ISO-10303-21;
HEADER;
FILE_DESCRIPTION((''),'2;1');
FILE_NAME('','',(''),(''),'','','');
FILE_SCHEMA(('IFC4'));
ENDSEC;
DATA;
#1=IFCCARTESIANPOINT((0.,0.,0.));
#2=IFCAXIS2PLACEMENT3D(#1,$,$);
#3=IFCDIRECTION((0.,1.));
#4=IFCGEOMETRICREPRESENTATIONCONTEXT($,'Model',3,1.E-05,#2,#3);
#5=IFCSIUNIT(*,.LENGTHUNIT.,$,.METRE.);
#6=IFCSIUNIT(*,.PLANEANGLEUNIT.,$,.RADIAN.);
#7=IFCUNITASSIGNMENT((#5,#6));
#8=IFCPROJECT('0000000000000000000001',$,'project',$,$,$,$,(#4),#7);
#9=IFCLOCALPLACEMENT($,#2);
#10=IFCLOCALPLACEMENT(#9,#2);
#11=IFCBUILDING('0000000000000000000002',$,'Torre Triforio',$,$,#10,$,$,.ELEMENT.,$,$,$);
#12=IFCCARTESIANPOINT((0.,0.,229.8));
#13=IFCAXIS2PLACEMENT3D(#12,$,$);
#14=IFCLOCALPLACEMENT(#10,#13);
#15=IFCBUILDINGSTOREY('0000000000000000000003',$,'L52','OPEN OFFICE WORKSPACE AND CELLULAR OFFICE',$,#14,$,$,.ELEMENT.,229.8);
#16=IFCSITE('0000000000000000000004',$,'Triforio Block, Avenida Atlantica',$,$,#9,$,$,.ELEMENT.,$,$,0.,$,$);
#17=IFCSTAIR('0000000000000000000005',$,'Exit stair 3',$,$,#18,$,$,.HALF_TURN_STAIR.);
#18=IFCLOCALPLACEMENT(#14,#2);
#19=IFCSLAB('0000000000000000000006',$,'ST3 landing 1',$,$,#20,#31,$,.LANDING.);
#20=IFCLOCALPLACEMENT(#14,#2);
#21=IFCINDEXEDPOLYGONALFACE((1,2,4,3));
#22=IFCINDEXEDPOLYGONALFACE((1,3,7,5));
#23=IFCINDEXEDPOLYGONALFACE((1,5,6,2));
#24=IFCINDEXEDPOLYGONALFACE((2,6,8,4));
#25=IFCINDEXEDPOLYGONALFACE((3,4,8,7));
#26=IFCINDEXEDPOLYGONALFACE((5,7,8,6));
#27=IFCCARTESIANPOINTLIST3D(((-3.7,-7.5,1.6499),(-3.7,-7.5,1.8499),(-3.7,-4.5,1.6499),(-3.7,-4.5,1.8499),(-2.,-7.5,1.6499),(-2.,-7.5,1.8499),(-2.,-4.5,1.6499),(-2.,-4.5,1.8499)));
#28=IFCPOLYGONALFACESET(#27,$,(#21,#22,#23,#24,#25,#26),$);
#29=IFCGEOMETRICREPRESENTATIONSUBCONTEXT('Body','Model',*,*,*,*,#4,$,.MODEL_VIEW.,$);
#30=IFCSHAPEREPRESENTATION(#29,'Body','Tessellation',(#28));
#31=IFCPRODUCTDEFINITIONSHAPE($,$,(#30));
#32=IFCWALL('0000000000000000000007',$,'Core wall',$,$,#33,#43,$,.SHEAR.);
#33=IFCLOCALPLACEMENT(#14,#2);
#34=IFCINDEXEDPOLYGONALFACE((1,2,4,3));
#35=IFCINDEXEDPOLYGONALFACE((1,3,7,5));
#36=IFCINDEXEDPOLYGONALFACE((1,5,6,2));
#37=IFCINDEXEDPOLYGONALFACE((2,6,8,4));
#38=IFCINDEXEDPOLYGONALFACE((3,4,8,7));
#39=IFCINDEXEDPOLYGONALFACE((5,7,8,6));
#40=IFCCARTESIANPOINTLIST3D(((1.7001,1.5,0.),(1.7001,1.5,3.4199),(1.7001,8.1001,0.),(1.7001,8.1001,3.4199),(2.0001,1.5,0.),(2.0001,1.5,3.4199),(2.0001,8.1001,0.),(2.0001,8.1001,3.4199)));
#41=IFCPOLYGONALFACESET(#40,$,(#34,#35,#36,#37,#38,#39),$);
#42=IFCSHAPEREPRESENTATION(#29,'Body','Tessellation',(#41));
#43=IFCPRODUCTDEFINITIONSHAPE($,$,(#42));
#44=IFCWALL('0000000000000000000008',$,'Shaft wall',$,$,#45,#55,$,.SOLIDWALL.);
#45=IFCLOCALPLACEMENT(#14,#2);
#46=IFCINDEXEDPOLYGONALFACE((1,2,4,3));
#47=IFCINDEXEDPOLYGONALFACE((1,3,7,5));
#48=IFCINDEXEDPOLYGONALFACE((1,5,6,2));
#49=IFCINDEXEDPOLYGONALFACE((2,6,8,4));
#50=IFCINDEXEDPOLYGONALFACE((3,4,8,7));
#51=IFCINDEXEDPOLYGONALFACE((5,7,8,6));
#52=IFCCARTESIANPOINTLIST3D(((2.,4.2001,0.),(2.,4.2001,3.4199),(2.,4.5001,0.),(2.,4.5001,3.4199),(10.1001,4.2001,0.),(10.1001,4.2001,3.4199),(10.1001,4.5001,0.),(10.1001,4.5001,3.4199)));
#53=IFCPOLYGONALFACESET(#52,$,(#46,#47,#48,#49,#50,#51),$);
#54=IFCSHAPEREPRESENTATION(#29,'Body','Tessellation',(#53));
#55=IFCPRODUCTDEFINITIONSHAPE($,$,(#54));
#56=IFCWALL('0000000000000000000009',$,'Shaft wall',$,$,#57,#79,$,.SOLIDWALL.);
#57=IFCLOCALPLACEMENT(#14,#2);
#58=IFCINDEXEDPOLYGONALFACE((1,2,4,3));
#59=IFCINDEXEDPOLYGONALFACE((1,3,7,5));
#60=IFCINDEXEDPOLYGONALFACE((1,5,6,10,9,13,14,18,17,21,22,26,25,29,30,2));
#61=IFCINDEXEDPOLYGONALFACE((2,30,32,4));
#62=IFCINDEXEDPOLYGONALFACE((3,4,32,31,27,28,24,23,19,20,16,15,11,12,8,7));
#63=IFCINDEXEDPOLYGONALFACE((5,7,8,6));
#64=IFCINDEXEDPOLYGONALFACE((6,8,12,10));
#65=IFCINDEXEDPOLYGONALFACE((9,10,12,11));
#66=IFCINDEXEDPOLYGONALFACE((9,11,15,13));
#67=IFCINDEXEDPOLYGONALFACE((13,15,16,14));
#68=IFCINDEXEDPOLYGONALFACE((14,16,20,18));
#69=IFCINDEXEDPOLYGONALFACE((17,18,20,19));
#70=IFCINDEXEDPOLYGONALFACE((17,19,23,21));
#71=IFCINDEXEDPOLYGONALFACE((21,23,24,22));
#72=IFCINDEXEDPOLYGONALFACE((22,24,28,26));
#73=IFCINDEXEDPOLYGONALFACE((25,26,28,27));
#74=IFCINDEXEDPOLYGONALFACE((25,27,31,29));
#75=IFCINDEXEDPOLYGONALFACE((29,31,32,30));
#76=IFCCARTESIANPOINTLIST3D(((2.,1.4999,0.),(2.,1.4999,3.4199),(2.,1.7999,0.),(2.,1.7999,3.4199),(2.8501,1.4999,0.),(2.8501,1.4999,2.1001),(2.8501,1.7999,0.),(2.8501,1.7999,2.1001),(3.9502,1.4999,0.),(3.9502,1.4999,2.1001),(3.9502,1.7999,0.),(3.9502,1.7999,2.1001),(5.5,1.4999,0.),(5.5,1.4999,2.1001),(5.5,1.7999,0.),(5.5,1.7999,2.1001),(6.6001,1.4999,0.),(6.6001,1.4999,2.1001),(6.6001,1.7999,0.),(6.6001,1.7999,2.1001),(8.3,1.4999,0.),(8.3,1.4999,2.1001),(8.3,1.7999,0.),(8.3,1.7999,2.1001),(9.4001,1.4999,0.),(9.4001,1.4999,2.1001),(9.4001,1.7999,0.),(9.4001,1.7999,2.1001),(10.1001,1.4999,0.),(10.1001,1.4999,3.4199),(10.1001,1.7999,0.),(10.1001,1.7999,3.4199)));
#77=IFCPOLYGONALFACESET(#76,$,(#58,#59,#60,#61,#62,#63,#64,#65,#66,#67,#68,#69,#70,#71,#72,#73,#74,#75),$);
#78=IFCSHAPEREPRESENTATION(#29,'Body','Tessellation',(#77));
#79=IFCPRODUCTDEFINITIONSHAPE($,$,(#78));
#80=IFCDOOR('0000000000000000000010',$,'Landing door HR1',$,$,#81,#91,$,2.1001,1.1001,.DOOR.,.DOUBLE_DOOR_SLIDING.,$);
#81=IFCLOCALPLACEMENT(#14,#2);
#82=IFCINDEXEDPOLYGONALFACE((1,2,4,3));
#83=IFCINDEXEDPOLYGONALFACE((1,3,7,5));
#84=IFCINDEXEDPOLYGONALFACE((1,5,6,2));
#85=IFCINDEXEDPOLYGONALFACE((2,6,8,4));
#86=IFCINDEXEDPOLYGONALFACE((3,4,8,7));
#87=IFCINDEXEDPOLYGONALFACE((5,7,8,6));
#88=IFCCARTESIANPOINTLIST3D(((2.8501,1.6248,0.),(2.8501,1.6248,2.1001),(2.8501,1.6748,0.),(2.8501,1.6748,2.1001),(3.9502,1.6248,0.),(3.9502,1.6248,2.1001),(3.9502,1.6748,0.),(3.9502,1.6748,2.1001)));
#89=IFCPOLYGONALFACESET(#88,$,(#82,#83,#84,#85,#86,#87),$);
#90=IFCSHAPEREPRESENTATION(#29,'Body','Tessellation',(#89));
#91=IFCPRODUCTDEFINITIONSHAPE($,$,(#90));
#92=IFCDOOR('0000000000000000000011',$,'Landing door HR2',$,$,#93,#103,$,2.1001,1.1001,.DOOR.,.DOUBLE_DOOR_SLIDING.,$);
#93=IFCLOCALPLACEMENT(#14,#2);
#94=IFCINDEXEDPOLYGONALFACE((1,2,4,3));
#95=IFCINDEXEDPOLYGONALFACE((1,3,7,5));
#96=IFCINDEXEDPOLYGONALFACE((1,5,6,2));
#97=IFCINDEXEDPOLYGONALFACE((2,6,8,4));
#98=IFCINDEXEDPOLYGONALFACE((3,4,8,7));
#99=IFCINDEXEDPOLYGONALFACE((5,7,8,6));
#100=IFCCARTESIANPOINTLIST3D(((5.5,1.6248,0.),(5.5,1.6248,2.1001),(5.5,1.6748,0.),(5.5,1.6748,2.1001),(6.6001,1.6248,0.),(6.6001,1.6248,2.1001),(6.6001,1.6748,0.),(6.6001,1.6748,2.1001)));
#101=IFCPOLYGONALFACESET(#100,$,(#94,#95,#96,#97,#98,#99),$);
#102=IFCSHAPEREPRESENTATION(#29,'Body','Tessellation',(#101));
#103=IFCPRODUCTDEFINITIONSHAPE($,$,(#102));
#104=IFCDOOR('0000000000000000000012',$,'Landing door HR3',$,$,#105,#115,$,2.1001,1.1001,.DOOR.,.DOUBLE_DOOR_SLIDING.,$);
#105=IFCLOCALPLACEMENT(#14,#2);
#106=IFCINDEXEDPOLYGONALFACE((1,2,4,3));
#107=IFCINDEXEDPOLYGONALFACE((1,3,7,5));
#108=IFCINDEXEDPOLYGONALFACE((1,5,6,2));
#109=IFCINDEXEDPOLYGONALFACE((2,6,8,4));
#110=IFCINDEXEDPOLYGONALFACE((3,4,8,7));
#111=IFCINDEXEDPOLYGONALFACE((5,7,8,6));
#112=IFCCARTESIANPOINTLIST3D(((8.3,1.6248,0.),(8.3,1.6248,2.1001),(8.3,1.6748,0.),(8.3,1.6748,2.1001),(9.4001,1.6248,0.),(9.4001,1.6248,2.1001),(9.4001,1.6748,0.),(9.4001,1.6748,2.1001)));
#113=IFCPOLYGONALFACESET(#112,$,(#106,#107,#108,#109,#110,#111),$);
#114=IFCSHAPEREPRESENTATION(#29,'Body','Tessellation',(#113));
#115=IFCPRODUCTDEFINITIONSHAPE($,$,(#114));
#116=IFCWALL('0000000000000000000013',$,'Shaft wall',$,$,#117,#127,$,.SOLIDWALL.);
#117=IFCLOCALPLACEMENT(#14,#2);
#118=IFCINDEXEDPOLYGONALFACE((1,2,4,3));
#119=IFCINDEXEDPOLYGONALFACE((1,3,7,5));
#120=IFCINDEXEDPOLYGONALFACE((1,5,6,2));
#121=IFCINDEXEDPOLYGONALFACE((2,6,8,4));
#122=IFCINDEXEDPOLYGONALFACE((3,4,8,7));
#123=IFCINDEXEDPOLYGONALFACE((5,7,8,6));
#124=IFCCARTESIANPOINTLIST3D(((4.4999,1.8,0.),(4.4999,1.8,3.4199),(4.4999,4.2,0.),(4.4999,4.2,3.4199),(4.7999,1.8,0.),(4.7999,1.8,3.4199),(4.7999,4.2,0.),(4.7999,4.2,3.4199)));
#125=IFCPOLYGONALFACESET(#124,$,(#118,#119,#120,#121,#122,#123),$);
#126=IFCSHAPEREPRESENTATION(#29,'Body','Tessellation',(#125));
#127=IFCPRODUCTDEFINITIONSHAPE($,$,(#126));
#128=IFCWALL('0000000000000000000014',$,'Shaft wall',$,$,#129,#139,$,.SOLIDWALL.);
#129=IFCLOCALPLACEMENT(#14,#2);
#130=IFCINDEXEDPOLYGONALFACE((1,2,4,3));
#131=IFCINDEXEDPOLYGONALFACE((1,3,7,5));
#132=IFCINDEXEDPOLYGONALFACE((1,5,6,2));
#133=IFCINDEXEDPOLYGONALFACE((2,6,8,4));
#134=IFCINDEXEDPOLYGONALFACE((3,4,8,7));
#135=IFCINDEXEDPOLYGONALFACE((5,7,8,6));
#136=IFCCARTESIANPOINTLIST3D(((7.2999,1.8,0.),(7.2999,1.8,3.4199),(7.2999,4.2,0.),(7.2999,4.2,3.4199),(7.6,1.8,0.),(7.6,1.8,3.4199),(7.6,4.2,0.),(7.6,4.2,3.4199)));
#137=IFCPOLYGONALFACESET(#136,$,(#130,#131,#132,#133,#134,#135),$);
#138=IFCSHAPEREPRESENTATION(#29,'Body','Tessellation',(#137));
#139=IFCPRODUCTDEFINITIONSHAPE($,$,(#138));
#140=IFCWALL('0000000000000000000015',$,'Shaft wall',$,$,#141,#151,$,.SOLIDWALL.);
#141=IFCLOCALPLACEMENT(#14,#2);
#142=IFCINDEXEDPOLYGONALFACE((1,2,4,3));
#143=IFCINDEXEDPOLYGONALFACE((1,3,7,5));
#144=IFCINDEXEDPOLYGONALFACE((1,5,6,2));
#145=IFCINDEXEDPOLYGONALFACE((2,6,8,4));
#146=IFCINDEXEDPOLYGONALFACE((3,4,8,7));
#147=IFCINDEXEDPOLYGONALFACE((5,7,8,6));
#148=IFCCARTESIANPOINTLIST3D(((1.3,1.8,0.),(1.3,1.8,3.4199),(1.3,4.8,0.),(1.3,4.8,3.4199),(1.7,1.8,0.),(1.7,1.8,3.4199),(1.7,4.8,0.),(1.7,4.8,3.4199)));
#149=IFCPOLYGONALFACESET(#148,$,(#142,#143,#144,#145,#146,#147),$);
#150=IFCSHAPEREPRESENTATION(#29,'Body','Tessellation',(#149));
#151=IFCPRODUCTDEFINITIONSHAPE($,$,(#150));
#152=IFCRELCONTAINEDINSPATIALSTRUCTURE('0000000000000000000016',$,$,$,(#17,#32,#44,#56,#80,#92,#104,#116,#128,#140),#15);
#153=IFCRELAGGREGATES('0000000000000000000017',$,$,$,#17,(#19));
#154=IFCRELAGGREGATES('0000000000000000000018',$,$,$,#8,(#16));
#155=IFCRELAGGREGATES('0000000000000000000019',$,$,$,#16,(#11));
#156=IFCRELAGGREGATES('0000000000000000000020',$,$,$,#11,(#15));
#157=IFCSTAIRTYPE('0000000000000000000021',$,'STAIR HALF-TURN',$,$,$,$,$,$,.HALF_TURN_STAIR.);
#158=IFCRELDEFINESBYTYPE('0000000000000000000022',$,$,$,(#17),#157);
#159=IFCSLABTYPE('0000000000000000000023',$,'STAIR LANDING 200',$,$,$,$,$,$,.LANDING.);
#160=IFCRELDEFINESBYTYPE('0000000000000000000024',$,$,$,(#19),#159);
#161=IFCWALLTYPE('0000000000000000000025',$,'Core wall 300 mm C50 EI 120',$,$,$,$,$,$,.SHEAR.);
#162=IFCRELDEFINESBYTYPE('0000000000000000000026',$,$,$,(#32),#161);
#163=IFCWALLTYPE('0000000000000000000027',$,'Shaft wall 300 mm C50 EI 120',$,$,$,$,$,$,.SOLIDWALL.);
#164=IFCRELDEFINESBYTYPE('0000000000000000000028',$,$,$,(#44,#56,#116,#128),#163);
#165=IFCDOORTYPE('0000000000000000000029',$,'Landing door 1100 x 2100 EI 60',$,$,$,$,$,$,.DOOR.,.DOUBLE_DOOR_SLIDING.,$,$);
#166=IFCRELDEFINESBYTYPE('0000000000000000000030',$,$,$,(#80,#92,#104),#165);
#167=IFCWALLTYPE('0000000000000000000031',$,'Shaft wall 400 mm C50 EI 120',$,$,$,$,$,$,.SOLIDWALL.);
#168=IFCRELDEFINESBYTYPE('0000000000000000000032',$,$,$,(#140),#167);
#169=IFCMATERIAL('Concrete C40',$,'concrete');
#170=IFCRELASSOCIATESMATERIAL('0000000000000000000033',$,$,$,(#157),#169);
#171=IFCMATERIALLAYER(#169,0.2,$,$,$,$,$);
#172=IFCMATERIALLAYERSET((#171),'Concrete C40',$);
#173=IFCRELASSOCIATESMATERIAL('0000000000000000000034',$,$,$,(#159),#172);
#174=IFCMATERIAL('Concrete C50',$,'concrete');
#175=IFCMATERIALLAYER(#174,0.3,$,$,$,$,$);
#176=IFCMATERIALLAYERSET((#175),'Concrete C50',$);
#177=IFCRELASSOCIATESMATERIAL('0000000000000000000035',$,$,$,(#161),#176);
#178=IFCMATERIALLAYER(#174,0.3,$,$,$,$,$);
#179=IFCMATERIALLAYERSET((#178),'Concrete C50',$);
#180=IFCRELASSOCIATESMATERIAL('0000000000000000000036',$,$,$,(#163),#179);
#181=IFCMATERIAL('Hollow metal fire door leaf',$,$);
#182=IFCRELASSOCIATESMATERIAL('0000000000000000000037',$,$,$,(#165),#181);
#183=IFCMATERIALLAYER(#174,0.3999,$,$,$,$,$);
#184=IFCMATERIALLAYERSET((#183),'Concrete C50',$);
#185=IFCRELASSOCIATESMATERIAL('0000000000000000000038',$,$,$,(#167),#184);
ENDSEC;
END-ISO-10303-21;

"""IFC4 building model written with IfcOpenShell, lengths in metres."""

from ifc_helpers import new_model, si_unit, direction, frame, frame_2d, origin, place, context, subcontext, project, spatial, polyline, rectangle, outline, extrude, material, layer, layer_set, type_object, element, fill, aggregate, save


model = new_model("IFC4")

# Units and contexts
model_context = context("Model", 3, precision=1e-05, world=origin(), true_north=direction((0.0, 1.0)))
body_context = subcontext(model_context, "Body", "Model", "MODEL_VIEW")
ifc_project = project(units=[si_unit("LENGTHUNIT", "METRE"), si_unit("PLANEANGLEUNIT", "RADIAN")], contexts=[model_context])

# Site, building, storey
site_placement = place(None, origin())
site = spatial("IfcSite", under=ifc_project, at=site_placement, Name="Triforio Block, Avenida Atlantica", CompositionType="ELEMENT", RefElevation=0.0)
building_placement = place(site_placement, origin())
building = spatial("IfcBuilding", under=site, at=building_placement, Name="Torre Triforio", CompositionType="ELEMENT")
storey_placement = place(building_placement, frame((0.0, 0.0, 229.8)))
storey = spatial("IfcBuildingStorey", under=building, at=storey_placement, Name="L52", Description="OPEN OFFICE WORKSPACE AND CELLULAR OFFICE", CompositionType="ELEMENT", Elevation=229.8)

# Stair, slab
ifc_material_1 = material(Name="Concrete C40", Category="concrete")
stair_type = type_object("IfcStairType", Name="STAIR HALF-TURN", PredefinedType="HALF_TURN_STAIR", material=ifc_material_1)
stair_1_placement = place(storey_placement, origin())
stair_1 = element("IfcStair", 1, at=stair_1_placement, inside=storey, type_object=stair_type, Name="Exit stair 3", PredefinedType="HALF_TURN_STAIR")
ifc_layer_1 = layer(ifc_material_1, 0.2)
ifc_layer_set_1 = layer_set([ifc_layer_1], Name="Concrete C40")
slab_type = type_object("IfcSlabType", Name="STAIR LANDING 200", PredefinedType="LANDING", material=ifc_layer_set_1)
slab_placement = place(storey_placement, frame((0.0, 0.0, 1.6499)))
slab = element("IfcSlab", 2, at=slab_placement, type_object=slab_type, Name="ST3 landing 1", PredefinedType="LANDING", context=body_context, shape_type="SweptSolid", body=[
    extrude(outline(polyline([(-2.0, -7.5), (-2.0, -4.5), (-3.7, -4.5), (-3.7, -7.5), (-2.0, -7.5)])), origin(), (0.0, 0.0, 1.0), 0.2),
])
aggregate(stair_1, [slab])

# Walls
ifc_material_2 = material(Name="Concrete C50", Category="concrete")
ifc_layer_2 = layer(ifc_material_2, 0.3)
ifc_layer_set_2 = layer_set([ifc_layer_2], Name="Concrete C50")
wall_type_1 = type_object("IfcWallType", Name="Core wall 300 mm C50 EI 120", PredefinedType="SHEAR", material=ifc_layer_set_2)
wall_1_placement = place(storey_placement, frame((1.8501, 1.5, 0.0), z_axis=(0.0, 0.0, 1.0), x_axis=(0.0, 1.0, 0.0)))
element("IfcWall", 3, at=wall_1_placement, inside=storey, type_object=wall_type_1, Name="Core wall", PredefinedType="SHEAR", context=body_context, shape_type="SweptSolid", body=[
    extrude(rectangle(XDim=6.6001, YDim=0.3, at=frame_2d((3.3, 0.0))), origin(), (0.0, 0.0, 1.0), 3.4199),
])
ifc_layer_3 = layer(ifc_material_2, 0.3)
ifc_layer_set_3 = layer_set([ifc_layer_3], Name="Concrete C50")
wall_type_2 = type_object("IfcWallType", Name="Shaft wall 300 mm C50 EI 120", PredefinedType="SOLIDWALL", material=ifc_layer_set_3)
wall_2_placement = place(storey_placement, frame((2.0, 4.3501, 0.0), z_axis=(0.0, 0.0, 1.0), x_axis=(1.0, 0.0, 0.0)))
element("IfcWall", 4, at=wall_2_placement, inside=storey, type_object=wall_type_2, Name="Shaft wall", PredefinedType="SOLIDWALL", context=body_context, shape_type="SweptSolid", body=[
    extrude(rectangle(XDim=8.1001, YDim=0.3, at=frame_2d((4.05, 0.0))), origin(), (0.0, 0.0, 1.0), 3.4199),
])

# Wall, openings, doors
wall_3_placement = place(storey_placement, frame((2.0, 1.6499, 0.0), z_axis=(0.0, 0.0, 1.0), x_axis=(1.0, 0.0, 0.0)))
wall_3 = element("IfcWall", 5, at=wall_3_placement, inside=storey, type_object=wall_type_2, Name="Shaft wall", PredefinedType="SOLIDWALL", context=body_context, shape_type="SweptSolid", body=[
    extrude(rectangle(XDim=8.1001, YDim=0.3, at=frame_2d((4.05, 0.0))), origin(), (0.0, 0.0, 1.0), 3.4199),
])
opening_1_placement = place(wall_3_placement, frame((0.8501, 0.0, 0.0)))
opening_1 = element("IfcOpeningElement", 6, at=opening_1_placement, cuts=wall_3, PredefinedType="OPENING", context=body_context, shape_type="SweptSolid", body=[
    extrude(rectangle(XDim=1.1001, YDim=2.1001, at=frame_2d((0.55, 1.05))), frame((0.0, 0.1599, 0.0), z_axis=(0.0, -1.0, 0.0), x_axis=(1.0, 0.0, 0.0)), (0.0, 0.0, 1.0), 0.3201),
])
opening_2_placement = place(wall_3_placement, frame((3.5, 0.0, 0.0)))
opening_2 = element("IfcOpeningElement", 7, at=opening_2_placement, cuts=wall_3, PredefinedType="OPENING", context=body_context, shape_type="SweptSolid", body=[
    extrude(rectangle(XDim=1.1001, YDim=2.1001, at=frame_2d((0.55, 1.05))), frame((0.0, 0.1599, 0.0), z_axis=(0.0, -1.0, 0.0), x_axis=(1.0, 0.0, 0.0)), (0.0, 0.0, 1.0), 0.3201),
])
opening_3_placement = place(wall_3_placement, frame((6.3, 0.0, 0.0)))
opening_3 = element("IfcOpeningElement", 8, at=opening_3_placement, cuts=wall_3, PredefinedType="OPENING", context=body_context, shape_type="SweptSolid", body=[
    extrude(rectangle(XDim=1.1001, YDim=2.1001, at=frame_2d((0.55, 1.05))), frame((0.0, 0.1599, 0.0), z_axis=(0.0, -1.0, 0.0), x_axis=(1.0, 0.0, 0.0)), (0.0, 0.0, 1.0), 0.3201),
])
ifc_material_3 = material(Name="Hollow metal fire door leaf")
door_type_1 = type_object("IfcDoorType", Name="Landing door 1100 x 2100 EI 60", OperationType="DOUBLE_DOOR_SLIDING", PredefinedType="DOOR", material=ifc_material_3)
door_1_placement = place(opening_1_placement, origin())
door_1 = element("IfcDoor", 9, at=door_1_placement, inside=storey, type_object=door_type_1, Name="Landing door HR1", OperationType="DOUBLE_DOOR_SLIDING", OverallHeight=2.1001, OverallWidth=1.1001, PredefinedType="DOOR", context=body_context, shape_type="SweptSolid", body=[
    extrude(rectangle(XDim=1.1001, YDim=2.1001, at=frame_2d((0.55, 1.05))), frame((0.0, 0.0249, 0.0), z_axis=(0.0, -1.0, 0.0), x_axis=(1.0, 0.0, 0.0)), (0.0, 0.0, 1.0), 0.05),
])
fill(opening_1, door_1)
door_2_placement = place(opening_2_placement, origin())
door_2 = element("IfcDoor", 10, at=door_2_placement, inside=storey, type_object=door_type_1, Name="Landing door HR2", OperationType="DOUBLE_DOOR_SLIDING", OverallHeight=2.1001, OverallWidth=1.1001, PredefinedType="DOOR", context=body_context, shape_type="SweptSolid", body=[
    extrude(rectangle(XDim=1.1001, YDim=2.1001, at=frame_2d((0.55, 1.05))), frame((0.0, 0.0249, 0.0), z_axis=(0.0, -1.0, 0.0), x_axis=(1.0, 0.0, 0.0)), (0.0, 0.0, 1.0), 0.05),
])
fill(opening_2, door_2)
door_3_placement = place(opening_3_placement, origin())
door_3 = element("IfcDoor", 11, at=door_3_placement, inside=storey, type_object=door_type_1, Name="Landing door HR3", OperationType="DOUBLE_DOOR_SLIDING", OverallHeight=2.1001, OverallWidth=1.1001, PredefinedType="DOOR", context=body_context, shape_type="SweptSolid", body=[
    extrude(rectangle(XDim=1.1001, YDim=2.1001, at=frame_2d((0.55, 1.05))), frame((0.0, 0.0249, 0.0), z_axis=(0.0, -1.0, 0.0), x_axis=(1.0, 0.0, 0.0)), (0.0, 0.0, 1.0), 0.05),
])
fill(opening_3, door_3)

# Walls
for number, where, z_axis, x_axis, name in (
    (12, (4.6499, 1.8, 0.0), (0.0, 0.0, 1.0), (0.0, 1.0, 0.0), "Shaft wall"),
    (13, (7.45, 1.8, 0.0), (0.0, 0.0, 1.0), (0.0, 1.0, 0.0), "Shaft wall"),
):
    element("IfcWall", number, at=place(storey_placement, frame(where, z_axis=z_axis, x_axis=x_axis)), inside=storey, type_object=wall_type_2, Name=name, PredefinedType="SOLIDWALL", context=body_context, shape_type="SweptSolid", body=[
        extrude(rectangle(XDim=2.3999, YDim=0.3, at=frame_2d((1.2, 0.0))), origin(), (0.0, 0.0, 1.0), 3.4199),
    ])
ifc_layer_4 = layer(ifc_material_2, 0.3999)
ifc_layer_set_4 = layer_set([ifc_layer_4], Name="Concrete C50")
wall_type_3 = type_object("IfcWallType", Name="Shaft wall 400 mm C50 EI 120", PredefinedType="SOLIDWALL", material=ifc_layer_set_4)
wall_4_placement = place(storey_placement, frame((1.5, 1.8, 0.0), z_axis=(0.0, 0.0, 1.0), x_axis=(0.0, 1.0, 0.0)))
element("IfcWall", 14, at=wall_4_placement, inside=storey, type_object=wall_type_3, Name="Shaft wall", PredefinedType="SOLIDWALL", context=body_context, shape_type="SweptSolid", body=[
    extrude(rectangle(XDim=3.0, YDim=0.3999, at=frame_2d((1.5, 0.0))), origin(), (0.0, 0.0, 1.0), 3.4199),
])

save(model, "model.ifc")
